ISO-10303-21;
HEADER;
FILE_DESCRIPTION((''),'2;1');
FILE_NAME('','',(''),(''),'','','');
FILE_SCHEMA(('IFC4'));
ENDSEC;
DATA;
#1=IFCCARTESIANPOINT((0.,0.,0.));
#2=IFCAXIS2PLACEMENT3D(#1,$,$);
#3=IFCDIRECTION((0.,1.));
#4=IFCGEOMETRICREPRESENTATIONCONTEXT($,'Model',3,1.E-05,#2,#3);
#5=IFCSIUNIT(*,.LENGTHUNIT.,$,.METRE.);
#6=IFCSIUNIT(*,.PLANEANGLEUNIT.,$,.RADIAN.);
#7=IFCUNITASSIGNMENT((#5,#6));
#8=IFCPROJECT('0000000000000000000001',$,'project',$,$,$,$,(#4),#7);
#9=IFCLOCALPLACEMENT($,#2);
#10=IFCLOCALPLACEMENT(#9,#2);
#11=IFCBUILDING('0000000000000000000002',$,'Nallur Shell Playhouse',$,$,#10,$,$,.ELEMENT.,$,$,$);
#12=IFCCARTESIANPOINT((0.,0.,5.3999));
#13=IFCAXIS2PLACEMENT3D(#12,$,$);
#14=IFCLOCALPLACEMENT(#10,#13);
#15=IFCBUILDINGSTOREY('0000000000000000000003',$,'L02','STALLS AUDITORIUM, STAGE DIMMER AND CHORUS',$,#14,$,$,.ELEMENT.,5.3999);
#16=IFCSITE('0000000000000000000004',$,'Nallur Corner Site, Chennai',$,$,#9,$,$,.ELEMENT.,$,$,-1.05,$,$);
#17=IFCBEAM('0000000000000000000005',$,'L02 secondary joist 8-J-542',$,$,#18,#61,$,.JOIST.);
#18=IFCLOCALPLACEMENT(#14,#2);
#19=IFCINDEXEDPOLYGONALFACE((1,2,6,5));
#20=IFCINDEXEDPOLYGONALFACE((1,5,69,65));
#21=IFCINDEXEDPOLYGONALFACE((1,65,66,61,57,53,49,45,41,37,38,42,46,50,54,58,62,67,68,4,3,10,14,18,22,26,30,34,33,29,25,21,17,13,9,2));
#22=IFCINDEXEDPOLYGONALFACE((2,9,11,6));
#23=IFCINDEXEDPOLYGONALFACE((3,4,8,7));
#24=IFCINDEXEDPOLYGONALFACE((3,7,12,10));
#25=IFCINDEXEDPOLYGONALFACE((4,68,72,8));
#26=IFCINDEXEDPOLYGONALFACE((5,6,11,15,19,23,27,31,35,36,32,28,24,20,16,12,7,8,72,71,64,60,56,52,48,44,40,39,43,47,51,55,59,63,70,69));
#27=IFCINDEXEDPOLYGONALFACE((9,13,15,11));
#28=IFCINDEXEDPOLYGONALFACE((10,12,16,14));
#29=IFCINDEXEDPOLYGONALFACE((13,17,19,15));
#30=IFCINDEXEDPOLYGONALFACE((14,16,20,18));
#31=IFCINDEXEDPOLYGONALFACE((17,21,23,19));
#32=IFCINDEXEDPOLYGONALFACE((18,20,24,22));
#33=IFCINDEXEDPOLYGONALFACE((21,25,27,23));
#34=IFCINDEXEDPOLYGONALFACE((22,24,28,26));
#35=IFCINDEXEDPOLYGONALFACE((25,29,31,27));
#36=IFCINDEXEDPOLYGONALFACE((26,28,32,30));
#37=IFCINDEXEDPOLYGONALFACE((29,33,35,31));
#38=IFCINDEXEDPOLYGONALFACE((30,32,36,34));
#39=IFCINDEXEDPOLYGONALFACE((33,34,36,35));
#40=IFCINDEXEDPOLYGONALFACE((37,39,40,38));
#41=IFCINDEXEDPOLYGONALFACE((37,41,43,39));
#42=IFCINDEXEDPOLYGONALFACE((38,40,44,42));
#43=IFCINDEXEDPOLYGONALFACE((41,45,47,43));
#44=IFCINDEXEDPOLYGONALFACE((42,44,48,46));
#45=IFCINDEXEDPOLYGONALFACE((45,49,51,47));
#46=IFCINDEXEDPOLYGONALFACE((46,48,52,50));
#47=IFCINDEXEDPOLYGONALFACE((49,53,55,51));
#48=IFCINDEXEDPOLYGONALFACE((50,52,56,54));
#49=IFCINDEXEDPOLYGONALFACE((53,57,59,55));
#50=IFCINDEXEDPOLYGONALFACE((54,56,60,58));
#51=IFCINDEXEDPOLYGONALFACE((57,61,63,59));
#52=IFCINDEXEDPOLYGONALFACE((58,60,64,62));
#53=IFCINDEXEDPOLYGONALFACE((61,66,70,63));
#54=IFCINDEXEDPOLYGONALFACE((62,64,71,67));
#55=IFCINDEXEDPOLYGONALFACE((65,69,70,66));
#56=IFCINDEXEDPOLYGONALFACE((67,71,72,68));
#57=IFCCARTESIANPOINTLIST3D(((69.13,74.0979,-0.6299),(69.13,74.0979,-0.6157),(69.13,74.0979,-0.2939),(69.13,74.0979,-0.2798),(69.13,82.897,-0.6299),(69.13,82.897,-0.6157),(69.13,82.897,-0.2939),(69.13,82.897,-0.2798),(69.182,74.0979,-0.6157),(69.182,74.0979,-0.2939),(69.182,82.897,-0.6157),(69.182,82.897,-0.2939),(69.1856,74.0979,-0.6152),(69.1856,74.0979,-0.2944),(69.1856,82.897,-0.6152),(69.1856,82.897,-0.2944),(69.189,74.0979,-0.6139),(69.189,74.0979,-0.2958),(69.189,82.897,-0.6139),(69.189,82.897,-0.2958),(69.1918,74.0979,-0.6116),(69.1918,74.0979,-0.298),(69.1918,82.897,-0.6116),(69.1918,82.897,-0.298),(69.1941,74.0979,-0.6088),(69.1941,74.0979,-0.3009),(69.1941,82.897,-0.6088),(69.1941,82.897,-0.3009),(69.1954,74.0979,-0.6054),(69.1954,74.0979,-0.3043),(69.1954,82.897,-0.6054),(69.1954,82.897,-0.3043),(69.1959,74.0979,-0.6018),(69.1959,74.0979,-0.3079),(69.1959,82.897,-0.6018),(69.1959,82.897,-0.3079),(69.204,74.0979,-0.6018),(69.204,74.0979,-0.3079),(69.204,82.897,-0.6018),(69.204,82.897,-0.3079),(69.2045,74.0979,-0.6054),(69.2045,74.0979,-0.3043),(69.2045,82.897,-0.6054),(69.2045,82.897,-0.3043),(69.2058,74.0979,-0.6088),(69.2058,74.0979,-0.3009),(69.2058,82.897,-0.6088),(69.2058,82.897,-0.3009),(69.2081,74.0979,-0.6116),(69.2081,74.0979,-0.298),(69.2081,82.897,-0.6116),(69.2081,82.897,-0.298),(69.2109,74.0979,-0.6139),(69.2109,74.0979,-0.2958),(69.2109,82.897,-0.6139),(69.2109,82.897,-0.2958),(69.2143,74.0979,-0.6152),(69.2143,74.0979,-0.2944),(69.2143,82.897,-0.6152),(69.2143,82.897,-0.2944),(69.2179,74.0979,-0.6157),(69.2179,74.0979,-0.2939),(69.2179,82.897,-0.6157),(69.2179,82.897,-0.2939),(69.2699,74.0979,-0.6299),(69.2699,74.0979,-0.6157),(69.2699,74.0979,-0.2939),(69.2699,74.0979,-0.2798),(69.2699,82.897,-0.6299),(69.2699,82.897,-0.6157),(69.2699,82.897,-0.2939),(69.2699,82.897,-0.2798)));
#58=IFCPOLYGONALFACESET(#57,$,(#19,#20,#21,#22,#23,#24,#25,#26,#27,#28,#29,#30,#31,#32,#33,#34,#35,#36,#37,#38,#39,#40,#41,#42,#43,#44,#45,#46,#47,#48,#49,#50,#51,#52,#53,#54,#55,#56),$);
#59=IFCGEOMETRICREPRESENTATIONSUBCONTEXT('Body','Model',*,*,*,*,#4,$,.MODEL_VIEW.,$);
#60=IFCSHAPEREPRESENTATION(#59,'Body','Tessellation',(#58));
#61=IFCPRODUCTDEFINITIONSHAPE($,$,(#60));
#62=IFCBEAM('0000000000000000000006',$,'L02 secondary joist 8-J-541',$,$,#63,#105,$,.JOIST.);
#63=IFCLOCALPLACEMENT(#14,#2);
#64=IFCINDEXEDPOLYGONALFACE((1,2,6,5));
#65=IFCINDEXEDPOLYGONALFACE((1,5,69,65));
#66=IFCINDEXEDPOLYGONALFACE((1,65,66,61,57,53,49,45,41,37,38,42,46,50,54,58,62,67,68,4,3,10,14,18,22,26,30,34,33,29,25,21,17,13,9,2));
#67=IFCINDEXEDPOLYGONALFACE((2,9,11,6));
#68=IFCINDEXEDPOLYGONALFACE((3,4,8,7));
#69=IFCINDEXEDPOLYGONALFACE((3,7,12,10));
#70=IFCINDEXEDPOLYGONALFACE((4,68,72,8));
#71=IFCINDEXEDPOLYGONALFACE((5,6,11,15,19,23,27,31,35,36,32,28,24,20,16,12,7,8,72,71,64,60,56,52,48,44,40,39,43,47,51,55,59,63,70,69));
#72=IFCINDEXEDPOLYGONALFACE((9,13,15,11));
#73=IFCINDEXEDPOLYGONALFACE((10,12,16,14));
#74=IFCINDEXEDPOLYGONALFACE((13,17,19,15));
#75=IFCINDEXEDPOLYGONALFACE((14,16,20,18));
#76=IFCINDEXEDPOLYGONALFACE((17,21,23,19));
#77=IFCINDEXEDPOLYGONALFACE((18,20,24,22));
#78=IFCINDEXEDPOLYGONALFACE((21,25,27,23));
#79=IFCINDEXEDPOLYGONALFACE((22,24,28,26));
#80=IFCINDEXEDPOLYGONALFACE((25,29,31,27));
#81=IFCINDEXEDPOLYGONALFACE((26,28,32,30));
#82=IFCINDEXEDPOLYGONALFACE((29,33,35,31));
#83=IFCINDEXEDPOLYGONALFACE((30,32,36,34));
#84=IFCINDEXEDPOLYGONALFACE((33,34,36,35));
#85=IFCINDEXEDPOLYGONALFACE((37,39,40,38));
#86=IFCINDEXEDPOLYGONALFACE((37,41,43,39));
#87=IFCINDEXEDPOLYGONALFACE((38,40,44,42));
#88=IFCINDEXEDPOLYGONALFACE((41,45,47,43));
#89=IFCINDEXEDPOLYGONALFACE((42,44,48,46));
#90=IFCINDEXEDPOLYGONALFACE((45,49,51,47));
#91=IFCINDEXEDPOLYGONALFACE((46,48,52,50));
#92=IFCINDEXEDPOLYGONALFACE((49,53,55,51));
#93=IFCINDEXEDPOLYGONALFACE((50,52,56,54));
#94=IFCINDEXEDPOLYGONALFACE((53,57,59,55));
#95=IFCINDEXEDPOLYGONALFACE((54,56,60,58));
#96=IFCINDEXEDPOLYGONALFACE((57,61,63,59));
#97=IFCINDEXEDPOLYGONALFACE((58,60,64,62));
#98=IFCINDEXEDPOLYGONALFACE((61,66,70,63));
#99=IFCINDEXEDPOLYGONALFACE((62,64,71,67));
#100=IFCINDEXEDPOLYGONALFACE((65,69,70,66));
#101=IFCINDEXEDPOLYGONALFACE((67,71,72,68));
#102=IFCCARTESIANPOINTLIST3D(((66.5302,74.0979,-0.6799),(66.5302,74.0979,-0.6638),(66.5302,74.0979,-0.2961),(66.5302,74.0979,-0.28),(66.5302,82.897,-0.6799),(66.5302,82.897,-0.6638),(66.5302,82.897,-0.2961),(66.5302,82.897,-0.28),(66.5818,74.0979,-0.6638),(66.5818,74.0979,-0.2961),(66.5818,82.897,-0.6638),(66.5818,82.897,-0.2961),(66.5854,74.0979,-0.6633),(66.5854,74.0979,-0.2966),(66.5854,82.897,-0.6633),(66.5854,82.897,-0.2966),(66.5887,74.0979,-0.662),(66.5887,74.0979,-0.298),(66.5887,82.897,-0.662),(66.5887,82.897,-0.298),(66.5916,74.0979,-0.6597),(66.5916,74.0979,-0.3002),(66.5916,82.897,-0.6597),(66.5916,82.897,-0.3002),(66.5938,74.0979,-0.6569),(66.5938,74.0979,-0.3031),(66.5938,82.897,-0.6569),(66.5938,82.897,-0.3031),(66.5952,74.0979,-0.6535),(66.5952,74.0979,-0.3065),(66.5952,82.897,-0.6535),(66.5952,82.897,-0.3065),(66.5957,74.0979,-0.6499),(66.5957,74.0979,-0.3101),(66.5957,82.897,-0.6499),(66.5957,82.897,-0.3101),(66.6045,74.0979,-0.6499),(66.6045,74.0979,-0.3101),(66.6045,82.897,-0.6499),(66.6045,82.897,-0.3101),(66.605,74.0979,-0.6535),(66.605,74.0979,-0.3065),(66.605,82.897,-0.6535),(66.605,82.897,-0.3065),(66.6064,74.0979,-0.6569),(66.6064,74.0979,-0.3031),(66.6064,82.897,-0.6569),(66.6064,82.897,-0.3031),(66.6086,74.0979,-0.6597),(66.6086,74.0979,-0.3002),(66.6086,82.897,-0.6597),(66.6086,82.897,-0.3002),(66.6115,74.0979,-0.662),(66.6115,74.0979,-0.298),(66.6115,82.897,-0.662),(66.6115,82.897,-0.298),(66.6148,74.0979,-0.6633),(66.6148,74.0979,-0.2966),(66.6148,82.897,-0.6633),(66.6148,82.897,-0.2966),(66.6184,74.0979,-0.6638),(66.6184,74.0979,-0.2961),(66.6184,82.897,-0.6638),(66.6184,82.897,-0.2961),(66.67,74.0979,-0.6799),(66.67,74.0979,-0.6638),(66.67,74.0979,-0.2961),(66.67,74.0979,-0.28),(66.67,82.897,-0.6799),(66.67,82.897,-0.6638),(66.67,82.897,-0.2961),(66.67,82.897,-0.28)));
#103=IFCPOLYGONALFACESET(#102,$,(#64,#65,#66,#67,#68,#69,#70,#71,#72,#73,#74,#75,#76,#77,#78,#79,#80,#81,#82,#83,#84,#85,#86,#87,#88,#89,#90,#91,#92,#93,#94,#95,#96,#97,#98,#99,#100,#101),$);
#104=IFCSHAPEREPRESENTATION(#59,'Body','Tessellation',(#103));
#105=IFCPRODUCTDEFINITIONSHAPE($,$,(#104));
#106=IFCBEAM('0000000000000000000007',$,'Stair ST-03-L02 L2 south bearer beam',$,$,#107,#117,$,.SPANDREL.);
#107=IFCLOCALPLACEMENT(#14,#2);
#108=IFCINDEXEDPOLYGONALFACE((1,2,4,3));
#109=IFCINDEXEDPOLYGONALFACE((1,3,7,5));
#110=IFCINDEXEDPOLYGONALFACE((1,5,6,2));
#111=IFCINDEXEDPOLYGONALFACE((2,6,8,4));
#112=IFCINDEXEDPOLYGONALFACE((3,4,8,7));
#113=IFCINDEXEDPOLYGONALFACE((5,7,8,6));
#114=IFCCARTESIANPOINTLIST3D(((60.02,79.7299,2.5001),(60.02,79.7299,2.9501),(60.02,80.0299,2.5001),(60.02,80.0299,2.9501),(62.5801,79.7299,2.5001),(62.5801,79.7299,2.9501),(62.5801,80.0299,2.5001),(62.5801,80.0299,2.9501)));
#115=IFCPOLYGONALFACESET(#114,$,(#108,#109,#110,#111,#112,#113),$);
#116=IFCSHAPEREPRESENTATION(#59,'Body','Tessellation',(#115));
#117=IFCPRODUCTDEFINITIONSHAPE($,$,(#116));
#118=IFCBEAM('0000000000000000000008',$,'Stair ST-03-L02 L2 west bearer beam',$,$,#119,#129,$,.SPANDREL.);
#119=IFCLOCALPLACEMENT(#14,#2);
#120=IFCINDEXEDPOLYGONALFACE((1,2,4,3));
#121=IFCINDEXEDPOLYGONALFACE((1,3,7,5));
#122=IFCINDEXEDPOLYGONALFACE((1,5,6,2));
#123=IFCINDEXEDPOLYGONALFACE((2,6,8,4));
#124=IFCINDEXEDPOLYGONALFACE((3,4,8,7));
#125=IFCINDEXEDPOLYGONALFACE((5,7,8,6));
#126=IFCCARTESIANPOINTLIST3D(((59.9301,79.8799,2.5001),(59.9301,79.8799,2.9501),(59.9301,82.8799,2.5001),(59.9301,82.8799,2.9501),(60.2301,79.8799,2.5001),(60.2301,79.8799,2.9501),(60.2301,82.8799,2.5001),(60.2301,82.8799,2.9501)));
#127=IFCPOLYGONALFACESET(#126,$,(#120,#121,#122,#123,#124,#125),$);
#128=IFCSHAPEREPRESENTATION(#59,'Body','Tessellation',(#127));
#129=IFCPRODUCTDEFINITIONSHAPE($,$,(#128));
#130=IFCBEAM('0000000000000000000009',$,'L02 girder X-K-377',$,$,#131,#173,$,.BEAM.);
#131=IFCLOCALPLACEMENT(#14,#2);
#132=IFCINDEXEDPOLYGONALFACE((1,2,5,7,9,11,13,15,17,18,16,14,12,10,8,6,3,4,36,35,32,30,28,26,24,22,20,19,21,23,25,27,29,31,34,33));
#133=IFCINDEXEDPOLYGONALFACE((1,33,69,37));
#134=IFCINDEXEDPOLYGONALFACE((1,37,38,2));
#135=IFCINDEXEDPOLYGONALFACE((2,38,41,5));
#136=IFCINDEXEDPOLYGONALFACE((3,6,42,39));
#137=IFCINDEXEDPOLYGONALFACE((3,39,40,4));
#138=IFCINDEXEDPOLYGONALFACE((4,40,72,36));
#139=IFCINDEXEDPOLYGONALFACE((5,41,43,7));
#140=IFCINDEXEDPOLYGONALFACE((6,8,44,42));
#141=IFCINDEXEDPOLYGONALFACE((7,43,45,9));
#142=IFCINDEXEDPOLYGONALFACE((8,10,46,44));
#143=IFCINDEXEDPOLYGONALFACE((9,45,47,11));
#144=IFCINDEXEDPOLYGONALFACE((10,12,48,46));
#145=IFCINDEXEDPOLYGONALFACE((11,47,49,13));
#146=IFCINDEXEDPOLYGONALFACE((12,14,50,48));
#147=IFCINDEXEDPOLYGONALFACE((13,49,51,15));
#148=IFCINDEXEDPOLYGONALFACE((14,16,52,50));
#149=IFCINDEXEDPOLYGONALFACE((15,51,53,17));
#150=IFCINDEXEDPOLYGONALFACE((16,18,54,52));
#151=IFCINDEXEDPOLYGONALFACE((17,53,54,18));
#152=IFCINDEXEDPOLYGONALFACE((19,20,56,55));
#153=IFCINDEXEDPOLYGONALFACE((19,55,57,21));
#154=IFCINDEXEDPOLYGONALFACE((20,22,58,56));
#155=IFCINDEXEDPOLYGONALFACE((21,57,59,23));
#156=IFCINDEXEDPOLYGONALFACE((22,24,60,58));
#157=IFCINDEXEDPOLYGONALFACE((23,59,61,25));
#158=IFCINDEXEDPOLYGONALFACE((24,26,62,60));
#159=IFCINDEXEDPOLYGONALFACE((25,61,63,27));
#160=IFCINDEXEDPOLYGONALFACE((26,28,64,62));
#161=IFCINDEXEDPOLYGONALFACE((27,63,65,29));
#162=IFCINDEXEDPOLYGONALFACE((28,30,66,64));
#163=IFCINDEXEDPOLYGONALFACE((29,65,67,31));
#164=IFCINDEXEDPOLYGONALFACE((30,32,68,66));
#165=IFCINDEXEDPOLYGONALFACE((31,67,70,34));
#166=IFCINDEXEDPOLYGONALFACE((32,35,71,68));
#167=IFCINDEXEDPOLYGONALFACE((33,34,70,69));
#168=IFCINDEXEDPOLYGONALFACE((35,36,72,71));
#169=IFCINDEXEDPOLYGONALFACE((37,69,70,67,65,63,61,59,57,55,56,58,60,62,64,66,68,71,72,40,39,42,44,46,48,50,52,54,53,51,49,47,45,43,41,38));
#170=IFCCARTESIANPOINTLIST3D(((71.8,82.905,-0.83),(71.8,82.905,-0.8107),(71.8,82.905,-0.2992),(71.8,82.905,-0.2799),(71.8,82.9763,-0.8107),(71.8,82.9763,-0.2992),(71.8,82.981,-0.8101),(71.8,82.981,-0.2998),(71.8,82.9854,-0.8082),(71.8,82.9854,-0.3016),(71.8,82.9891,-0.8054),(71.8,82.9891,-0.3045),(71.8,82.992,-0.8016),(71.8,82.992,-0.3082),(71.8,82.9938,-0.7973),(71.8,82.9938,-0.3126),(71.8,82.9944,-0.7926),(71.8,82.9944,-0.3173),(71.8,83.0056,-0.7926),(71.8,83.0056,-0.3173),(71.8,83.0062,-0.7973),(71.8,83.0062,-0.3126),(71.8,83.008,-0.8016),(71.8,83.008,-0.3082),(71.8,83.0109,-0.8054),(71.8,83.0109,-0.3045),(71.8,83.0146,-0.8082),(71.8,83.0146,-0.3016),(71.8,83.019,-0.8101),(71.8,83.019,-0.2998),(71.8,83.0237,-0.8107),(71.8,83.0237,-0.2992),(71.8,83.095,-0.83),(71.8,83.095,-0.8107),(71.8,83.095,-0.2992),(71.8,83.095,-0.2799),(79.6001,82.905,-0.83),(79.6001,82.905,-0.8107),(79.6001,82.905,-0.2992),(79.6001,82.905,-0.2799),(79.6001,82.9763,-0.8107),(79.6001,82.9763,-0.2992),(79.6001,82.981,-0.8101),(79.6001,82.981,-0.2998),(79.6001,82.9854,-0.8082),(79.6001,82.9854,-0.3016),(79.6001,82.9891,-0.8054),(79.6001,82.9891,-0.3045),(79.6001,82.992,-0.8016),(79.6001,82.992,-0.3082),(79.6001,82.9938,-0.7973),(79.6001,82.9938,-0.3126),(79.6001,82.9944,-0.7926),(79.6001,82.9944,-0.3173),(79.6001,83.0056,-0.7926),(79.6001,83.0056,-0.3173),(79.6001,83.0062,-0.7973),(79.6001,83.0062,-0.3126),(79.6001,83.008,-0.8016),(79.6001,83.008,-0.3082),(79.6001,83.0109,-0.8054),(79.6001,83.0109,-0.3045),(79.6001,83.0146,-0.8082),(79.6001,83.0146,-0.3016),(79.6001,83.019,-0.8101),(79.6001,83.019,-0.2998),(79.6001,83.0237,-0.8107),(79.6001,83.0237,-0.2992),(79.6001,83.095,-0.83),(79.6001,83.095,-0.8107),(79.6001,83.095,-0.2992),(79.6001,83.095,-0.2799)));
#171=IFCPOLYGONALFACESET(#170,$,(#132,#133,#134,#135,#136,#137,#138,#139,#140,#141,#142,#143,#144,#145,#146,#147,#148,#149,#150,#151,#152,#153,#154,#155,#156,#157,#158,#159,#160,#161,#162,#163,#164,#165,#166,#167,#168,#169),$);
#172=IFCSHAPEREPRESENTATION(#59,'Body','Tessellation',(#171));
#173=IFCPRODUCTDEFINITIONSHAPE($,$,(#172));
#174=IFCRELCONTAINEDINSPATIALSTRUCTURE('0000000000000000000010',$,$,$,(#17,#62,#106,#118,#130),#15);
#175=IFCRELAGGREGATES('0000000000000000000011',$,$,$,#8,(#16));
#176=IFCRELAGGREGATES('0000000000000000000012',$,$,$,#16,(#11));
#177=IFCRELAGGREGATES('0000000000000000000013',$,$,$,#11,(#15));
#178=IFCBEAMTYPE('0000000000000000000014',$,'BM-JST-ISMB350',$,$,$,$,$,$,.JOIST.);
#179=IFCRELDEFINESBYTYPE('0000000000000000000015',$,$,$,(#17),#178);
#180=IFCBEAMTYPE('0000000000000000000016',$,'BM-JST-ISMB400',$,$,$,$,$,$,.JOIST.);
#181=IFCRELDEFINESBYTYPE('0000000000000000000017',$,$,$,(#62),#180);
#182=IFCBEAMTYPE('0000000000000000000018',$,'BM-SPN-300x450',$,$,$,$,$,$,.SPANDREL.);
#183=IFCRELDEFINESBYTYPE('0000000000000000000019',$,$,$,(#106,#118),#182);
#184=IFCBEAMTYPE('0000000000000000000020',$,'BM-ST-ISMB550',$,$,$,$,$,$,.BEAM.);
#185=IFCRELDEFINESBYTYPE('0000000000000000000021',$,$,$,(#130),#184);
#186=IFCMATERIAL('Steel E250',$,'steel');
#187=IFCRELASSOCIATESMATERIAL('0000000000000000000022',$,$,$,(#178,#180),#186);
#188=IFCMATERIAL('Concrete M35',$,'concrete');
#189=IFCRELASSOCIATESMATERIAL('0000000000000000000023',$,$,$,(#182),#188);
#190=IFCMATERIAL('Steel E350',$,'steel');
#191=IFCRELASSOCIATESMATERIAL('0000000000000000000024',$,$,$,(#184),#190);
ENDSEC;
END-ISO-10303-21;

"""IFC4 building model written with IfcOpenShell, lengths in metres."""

from ifc_helpers import new_model, si_unit, direction, frame, origin, origin_2d, place, context, subcontext, project, spatial, rectangle, i_section, extrude, material, material_profile, profile_set, type_object, element, save


model = new_model("IFC4")

# Units and contexts
model_context = context("Model", 3, precision=1e-05, world=origin(), true_north=direction((0.0, 1.0)))
body_context = subcontext(model_context, "Body", "Model", "MODEL_VIEW")
ifc_project = project(units=[si_unit("LENGTHUNIT", "METRE"), si_unit("PLANEANGLEUNIT", "RADIAN")], contexts=[model_context])

# Site, building, storey
site_placement = place(None, origin())
site = spatial("IfcSite", under=ifc_project, at=site_placement, Name="Nallur Corner Site, Chennai", CompositionType="ELEMENT", RefElevation=-1.05)
building_placement = place(site_placement, origin())
building = spatial("IfcBuilding", under=site, at=building_placement, Name="Nallur Shell Playhouse", CompositionType="ELEMENT")
storey_placement = place(building_placement, frame((0.0, 0.0, 5.3999)))
storey = spatial("IfcBuildingStorey", under=building, at=storey_placement, Name="L02", Description="STALLS AUDITORIUM, STAGE DIMMER AND CHORUS", CompositionType="ELEMENT", Elevation=5.3999)

# Shared definitions
ifc_material_1 = material(Name="Steel E350", Category="steel")

# Beams
ifc_material_2 = material(Name="Steel E250", Category="steel")
ifc_material_profile_1 = material_profile(ifc_material_2, i_section(OverallWidth=0.1399, OverallDepth=0.3501, WebThickness=0.0081, FlangeThickness=0.0142, FilletRadius=0.0139, at=origin_2d()), Name="ISMB 350")
ifc_profile_set_1 = profile_set([ifc_material_profile_1], Name="Steel E250")
beam_type_1 = type_object("IfcBeamType", Name="BM-JST-ISMB350", PredefinedType="JOIST", material=ifc_profile_set_1)
beam_1_placement = place(storey_placement, frame((69.2, 74.0979, -0.4548), z_axis=(0.0, 1.0, 0.0), x_axis=(-1.0, 0.0, 0.0)))
element("IfcBeam", 1, at=beam_1_placement, inside=storey, type_object=beam_type_1, Name="L02 secondary joist 8-J-542", PredefinedType="JOIST", context=body_context, shape_type="SweptSolid", body=[
    extrude(i_section(OverallWidth=0.1399, OverallDepth=0.3501, WebThickness=0.0081, FlangeThickness=0.0142, FilletRadius=0.0139, at=origin_2d()), origin(), (0.0, 0.0, 1.0), 8.7991),
])
ifc_material_profile_2 = material_profile(ifc_material_2, i_section(OverallWidth=0.1399, OverallDepth=0.3999, WebThickness=0.0088, FlangeThickness=0.0161, FilletRadius=0.0139, at=origin_2d()), Name="ISMB 400")
ifc_profile_set_2 = profile_set([ifc_material_profile_2], Name="Steel E250")
beam_type_2 = type_object("IfcBeamType", Name="BM-JST-ISMB400", PredefinedType="JOIST", material=ifc_profile_set_2)
beam_2_placement = place(storey_placement, frame((66.6001, 74.0979, -0.48), z_axis=(0.0, 1.0, 0.0), x_axis=(-1.0, 0.0, 0.0)))
element("IfcBeam", 2, at=beam_2_placement, inside=storey, type_object=beam_type_2, Name="L02 secondary joist 8-J-541", PredefinedType="JOIST", context=body_context, shape_type="SweptSolid", body=[
    extrude(i_section(OverallWidth=0.1399, OverallDepth=0.3999, WebThickness=0.0088, FlangeThickness=0.0161, FilletRadius=0.0139, at=origin_2d()), origin(), (0.0, 0.0, 1.0), 8.7991),
])
ifc_material_3 = material(Name="Concrete M35", Category="concrete")
ifc_material_profile_3 = material_profile(ifc_material_3, rectangle(XDim=0.3, YDim=0.45, at=origin_2d()), Name="RC 300x450")
ifc_profile_set_3 = profile_set([ifc_material_profile_3], Name="Concrete M35")
beam_type_3 = type_object("IfcBeamType", Name="BM-SPN-300x450", PredefinedType="SPANDREL", material=ifc_profile_set_3)
beam_3_placement = place(storey_placement, frame((60.02, 79.8799, 2.7251), z_axis=(1.0, 0.0, 0.0), x_axis=(0.0, 1.0, 0.0)))
element("IfcBeam", 3, at=beam_3_placement, inside=storey, type_object=beam_type_3, Name="Stair ST-03-L02 L2 south bearer beam", PredefinedType="SPANDREL", context=body_context, shape_type="SweptSolid", body=[
    extrude(rectangle(XDim=0.3, YDim=0.45, at=origin_2d()), origin(), (0.0, 0.0, 1.0), 2.5601),
])
beam_4_placement = place(storey_placement, frame((60.0801, 79.8799, 2.7251), z_axis=(0.0, 1.0, 0.0), x_axis=(-1.0, 0.0, 0.0)))
element("IfcBeam", 4, at=beam_4_placement, inside=storey, type_object=beam_type_3, Name="Stair ST-03-L02 L2 west bearer beam", PredefinedType="SPANDREL", context=body_context, shape_type="SweptSolid", body=[
    extrude(rectangle(XDim=0.3, YDim=0.45, at=origin_2d()), origin(), (0.0, 0.0, 1.0), 3.0),
])
ifc_material_profile_4 = material_profile(ifc_material_1, i_section(OverallWidth=0.1899, OverallDepth=0.55, WebThickness=0.0112, FlangeThickness=0.0193, FilletRadius=0.0181, at=origin_2d()), Name="ISMB 550")
ifc_profile_set_4 = profile_set([ifc_material_profile_4], Name="Steel E350")
beam_type_4 = type_object("IfcBeamType", Name="BM-ST-ISMB550", PredefinedType="BEAM", material=ifc_profile_set_4)
beam_5_placement = place(storey_placement, frame((71.8, 83.0, -0.5549), z_axis=(1.0, 0.0, 0.0), x_axis=(0.0, 1.0, 0.0)))
element("IfcBeam", 5, at=beam_5_placement, inside=storey, type_object=beam_type_4, Name="L02 girder X-K-377", PredefinedType="BEAM", context=body_context, shape_type="SweptSolid", body=[
    extrude(i_section(OverallWidth=0.1899, OverallDepth=0.55, WebThickness=0.0112, FlangeThickness=0.0193, FilletRadius=0.0181, at=origin_2d()), origin(), (0.0, 0.0, 1.0), 7.8),
])

save(model, "model.ifc")
